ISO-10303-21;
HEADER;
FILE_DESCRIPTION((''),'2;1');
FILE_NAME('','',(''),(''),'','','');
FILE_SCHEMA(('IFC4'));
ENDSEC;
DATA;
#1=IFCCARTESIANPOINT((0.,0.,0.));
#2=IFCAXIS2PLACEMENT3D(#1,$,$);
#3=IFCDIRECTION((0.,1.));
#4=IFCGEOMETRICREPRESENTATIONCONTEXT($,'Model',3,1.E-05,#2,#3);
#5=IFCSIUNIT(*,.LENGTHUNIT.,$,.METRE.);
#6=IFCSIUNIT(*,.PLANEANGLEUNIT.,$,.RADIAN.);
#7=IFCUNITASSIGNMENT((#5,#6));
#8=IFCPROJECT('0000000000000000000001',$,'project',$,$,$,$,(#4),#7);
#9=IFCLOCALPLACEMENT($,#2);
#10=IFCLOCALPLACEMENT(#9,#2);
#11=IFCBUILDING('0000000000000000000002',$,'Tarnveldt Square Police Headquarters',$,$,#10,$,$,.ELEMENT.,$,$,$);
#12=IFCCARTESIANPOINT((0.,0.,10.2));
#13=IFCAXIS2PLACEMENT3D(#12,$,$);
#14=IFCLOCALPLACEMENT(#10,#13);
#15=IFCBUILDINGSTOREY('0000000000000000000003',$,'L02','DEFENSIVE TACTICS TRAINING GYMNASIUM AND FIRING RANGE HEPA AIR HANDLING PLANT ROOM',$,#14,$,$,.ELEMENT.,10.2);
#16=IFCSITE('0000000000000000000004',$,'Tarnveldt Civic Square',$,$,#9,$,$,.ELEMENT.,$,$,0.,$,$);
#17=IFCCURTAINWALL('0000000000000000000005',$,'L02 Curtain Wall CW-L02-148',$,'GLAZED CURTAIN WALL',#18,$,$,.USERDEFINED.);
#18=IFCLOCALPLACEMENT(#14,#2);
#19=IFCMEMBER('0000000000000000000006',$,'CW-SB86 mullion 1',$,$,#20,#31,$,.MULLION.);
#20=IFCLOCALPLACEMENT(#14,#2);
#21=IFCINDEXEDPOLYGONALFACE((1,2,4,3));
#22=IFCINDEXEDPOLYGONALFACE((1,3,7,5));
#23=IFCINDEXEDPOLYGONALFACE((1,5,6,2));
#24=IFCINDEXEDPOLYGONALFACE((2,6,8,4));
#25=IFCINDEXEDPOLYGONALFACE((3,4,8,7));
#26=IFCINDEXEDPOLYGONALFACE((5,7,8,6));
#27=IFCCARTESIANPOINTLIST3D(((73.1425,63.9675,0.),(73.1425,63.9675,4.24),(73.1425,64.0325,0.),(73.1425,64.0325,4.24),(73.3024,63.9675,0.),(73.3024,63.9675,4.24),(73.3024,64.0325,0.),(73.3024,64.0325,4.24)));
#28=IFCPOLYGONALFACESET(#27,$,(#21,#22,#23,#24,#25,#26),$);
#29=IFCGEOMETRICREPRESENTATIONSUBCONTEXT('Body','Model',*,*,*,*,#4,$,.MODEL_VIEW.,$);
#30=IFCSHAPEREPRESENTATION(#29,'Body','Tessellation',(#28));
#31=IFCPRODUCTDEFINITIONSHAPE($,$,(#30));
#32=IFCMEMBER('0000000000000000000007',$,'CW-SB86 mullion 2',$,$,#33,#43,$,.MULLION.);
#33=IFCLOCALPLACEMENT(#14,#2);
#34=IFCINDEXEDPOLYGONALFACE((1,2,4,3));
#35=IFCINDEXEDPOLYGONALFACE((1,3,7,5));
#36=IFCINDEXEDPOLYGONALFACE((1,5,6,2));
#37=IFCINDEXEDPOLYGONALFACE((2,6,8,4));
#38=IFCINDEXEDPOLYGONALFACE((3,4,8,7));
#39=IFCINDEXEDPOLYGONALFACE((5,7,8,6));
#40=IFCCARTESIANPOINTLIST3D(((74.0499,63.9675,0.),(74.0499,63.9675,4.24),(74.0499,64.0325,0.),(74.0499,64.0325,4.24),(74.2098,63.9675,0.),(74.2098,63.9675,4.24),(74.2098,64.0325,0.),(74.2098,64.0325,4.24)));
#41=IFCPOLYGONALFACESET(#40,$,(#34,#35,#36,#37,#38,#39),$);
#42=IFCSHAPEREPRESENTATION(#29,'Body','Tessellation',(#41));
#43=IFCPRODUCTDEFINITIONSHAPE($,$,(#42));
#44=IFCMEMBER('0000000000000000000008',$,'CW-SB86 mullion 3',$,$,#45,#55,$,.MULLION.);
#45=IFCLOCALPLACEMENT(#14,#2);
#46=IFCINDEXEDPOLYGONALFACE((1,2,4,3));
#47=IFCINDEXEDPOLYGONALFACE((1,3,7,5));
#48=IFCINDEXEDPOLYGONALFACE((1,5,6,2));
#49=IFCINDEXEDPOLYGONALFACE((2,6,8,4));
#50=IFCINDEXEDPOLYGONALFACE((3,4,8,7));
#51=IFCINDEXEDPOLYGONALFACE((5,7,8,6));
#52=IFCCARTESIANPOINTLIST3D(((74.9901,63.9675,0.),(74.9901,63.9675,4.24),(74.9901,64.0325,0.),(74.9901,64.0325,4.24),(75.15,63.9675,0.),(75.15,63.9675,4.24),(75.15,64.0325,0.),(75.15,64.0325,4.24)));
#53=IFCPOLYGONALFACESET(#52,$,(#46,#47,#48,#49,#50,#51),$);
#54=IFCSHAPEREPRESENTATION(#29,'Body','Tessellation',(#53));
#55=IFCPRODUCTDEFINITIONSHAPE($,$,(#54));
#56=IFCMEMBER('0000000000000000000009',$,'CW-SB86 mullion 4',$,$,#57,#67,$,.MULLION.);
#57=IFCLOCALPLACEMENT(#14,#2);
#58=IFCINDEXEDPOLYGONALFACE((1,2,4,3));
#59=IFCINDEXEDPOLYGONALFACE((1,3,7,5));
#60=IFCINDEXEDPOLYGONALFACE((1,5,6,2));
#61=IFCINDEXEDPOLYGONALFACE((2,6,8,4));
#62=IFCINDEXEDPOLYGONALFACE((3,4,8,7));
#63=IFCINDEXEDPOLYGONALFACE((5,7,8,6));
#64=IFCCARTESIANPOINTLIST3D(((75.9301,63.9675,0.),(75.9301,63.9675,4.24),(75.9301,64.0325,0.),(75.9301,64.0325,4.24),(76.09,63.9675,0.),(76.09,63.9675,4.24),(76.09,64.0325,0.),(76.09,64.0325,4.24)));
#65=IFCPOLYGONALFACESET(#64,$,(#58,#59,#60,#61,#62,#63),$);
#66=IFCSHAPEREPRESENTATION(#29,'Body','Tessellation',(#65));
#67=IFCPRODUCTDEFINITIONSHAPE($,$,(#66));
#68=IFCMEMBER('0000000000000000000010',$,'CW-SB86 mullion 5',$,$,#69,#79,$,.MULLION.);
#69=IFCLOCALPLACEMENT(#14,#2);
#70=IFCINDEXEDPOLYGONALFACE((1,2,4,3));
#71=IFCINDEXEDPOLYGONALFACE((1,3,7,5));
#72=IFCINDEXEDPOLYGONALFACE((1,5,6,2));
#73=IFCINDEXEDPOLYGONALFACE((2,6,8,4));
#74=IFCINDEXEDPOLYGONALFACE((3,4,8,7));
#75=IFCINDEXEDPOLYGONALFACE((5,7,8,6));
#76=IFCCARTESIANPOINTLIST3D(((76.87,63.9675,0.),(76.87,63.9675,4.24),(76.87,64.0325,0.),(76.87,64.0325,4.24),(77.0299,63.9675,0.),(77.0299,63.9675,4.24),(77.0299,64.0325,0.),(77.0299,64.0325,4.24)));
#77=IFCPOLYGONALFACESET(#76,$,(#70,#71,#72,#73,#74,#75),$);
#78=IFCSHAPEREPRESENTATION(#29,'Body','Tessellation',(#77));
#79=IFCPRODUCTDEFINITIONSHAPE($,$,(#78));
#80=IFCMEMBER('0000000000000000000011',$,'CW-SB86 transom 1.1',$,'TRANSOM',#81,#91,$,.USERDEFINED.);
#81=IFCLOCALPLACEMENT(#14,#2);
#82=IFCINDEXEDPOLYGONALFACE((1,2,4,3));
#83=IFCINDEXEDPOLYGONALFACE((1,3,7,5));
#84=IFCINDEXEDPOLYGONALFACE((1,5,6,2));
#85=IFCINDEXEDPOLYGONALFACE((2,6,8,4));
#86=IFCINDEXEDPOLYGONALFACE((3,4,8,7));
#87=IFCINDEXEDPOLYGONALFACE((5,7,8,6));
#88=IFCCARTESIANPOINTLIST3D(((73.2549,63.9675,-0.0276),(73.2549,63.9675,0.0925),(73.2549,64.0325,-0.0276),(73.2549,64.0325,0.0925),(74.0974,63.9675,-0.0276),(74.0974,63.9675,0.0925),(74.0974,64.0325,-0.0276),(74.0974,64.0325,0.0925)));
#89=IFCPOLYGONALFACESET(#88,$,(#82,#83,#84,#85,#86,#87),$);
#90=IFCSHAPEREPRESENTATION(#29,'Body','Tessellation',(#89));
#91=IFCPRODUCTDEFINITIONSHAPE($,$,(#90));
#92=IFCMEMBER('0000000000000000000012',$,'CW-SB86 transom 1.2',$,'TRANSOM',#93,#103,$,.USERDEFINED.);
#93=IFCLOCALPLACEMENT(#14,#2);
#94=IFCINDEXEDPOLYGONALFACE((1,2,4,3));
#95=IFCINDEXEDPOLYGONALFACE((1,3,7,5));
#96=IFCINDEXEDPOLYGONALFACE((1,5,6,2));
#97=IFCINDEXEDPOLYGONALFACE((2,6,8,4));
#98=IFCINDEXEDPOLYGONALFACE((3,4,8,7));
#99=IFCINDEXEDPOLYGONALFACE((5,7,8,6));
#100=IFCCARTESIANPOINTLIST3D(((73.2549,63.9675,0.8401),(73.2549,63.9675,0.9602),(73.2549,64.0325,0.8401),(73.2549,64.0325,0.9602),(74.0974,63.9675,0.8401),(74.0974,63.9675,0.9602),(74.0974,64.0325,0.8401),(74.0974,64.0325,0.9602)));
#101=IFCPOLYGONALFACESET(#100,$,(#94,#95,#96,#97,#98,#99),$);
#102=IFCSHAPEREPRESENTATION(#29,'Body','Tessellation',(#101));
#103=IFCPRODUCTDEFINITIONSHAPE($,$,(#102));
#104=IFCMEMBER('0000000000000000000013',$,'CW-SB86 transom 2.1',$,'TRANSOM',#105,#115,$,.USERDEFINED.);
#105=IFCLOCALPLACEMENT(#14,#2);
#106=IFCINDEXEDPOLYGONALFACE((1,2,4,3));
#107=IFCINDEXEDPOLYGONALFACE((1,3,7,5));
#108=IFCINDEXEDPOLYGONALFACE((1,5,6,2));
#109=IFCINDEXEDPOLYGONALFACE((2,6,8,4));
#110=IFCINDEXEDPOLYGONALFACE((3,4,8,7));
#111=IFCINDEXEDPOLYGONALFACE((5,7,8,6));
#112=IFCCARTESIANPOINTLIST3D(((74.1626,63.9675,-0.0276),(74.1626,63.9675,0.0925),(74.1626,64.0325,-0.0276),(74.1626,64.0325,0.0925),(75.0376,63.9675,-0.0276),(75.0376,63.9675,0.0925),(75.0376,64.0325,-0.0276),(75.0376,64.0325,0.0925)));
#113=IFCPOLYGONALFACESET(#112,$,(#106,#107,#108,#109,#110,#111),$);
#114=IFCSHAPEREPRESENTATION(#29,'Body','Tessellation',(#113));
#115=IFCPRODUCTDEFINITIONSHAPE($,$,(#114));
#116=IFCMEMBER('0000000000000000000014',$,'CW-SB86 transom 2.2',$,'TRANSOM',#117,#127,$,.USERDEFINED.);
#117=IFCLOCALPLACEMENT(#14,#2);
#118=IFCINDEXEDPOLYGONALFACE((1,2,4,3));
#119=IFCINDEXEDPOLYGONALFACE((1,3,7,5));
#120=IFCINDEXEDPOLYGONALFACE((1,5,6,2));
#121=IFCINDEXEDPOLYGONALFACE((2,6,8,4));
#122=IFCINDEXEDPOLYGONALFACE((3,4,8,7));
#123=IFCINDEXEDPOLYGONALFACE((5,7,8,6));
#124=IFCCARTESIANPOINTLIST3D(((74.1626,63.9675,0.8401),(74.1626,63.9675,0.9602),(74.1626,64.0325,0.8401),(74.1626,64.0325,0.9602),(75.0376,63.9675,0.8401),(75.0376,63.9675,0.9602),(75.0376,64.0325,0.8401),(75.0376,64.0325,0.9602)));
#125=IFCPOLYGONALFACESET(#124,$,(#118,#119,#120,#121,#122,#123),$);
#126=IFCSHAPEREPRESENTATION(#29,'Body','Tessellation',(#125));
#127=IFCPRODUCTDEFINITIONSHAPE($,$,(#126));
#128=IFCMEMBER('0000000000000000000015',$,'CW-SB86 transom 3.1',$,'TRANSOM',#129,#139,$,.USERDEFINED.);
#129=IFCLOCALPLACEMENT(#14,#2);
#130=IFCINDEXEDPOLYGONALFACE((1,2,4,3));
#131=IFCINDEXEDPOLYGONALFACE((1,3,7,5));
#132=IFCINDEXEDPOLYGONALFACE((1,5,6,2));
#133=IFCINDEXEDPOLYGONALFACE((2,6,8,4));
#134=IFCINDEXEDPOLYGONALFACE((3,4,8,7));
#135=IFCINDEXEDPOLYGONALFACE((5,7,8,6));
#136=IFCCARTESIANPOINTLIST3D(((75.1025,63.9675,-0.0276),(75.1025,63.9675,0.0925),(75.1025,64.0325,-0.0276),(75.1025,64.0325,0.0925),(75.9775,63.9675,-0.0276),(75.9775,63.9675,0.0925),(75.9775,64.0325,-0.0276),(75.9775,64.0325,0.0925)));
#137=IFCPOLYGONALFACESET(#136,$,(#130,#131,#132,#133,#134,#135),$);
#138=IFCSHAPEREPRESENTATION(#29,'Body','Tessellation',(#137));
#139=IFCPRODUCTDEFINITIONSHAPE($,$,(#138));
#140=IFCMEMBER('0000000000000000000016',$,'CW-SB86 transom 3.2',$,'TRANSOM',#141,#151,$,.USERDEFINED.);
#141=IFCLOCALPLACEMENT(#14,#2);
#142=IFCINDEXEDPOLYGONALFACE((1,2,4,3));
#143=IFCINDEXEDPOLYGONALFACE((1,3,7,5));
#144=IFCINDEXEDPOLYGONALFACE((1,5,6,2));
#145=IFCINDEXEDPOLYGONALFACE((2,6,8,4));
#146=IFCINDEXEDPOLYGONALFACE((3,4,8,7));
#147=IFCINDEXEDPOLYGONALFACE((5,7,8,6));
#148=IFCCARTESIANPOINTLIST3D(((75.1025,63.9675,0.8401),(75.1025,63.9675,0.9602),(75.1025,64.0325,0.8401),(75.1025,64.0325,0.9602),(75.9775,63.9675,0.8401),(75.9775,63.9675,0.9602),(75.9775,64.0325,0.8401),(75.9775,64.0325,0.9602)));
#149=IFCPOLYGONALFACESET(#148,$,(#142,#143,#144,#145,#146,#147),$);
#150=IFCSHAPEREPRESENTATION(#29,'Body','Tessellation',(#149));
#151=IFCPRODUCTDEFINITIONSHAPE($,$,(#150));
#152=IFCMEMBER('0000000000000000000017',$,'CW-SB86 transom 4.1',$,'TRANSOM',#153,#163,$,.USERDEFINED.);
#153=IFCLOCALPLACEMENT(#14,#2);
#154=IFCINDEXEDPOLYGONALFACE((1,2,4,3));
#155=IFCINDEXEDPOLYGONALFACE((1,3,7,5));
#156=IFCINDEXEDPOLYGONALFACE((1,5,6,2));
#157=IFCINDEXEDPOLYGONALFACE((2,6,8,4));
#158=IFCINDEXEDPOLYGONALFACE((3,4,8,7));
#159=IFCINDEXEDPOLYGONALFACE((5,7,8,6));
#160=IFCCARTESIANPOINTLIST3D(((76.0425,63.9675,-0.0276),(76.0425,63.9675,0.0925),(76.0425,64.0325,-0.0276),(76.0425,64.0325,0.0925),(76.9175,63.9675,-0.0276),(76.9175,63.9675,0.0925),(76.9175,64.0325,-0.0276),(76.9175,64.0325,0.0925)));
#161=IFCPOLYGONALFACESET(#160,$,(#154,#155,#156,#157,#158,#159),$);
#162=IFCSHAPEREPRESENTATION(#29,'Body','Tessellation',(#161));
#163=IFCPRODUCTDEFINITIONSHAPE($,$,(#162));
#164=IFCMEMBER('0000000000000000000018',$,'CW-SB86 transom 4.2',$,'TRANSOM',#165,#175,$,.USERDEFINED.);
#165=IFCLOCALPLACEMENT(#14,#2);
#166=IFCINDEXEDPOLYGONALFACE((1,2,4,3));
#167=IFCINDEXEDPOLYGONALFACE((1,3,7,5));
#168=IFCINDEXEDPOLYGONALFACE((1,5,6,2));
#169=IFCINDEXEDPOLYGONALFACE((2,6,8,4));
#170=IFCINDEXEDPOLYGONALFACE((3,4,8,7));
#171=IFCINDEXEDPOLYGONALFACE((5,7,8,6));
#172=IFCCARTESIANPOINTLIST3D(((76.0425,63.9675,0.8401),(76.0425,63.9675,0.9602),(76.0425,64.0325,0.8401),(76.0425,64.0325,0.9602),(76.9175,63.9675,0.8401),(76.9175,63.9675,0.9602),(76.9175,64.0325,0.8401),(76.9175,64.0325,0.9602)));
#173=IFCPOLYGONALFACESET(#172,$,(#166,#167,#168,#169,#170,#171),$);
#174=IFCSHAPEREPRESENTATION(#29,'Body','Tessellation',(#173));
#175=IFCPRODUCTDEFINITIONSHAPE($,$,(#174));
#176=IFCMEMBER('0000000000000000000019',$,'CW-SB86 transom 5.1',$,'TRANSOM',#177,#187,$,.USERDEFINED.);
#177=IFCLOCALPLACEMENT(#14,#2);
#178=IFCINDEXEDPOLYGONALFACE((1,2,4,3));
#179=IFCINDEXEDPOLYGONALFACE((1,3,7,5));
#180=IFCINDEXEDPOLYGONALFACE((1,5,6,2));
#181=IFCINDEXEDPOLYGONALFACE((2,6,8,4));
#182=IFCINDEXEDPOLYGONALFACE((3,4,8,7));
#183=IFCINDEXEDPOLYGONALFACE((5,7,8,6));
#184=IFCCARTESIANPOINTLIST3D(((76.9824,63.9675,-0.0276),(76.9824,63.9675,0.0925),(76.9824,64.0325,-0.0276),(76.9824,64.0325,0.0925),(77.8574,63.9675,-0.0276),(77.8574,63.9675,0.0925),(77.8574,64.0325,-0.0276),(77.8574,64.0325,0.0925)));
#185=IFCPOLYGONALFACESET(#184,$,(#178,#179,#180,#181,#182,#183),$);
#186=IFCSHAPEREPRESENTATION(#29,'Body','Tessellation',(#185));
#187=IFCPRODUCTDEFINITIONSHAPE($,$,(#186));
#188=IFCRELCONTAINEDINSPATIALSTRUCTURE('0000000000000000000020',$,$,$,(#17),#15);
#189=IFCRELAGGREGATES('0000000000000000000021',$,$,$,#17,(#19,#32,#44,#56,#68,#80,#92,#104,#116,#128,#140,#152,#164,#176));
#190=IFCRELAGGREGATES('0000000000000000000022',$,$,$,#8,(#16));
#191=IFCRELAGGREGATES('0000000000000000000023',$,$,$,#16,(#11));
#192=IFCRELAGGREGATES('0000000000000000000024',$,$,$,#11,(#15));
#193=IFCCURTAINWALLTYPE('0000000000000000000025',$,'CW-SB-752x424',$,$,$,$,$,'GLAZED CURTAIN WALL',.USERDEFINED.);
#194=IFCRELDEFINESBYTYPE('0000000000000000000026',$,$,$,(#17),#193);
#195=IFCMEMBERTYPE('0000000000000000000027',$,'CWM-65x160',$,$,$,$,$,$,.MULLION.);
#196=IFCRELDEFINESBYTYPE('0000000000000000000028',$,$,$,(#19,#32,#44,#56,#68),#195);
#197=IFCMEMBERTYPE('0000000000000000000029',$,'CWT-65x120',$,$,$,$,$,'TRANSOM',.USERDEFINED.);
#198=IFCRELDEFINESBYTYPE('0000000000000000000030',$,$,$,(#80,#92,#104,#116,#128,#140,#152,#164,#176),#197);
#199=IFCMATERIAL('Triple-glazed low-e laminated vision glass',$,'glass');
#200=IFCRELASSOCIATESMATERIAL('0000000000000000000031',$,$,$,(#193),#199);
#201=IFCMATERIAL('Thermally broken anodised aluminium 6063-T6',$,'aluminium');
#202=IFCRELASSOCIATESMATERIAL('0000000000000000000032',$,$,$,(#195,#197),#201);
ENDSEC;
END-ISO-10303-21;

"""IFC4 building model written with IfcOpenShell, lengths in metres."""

from ifc_helpers import new_model, si_unit, direction, frame, origin, origin_2d, place, context, subcontext, project, spatial, rectangle, extrude, material, material_profile, profile_set, type_object, element, aggregate, save


model = new_model("IFC4")

# Units and contexts
model_context = context("Model", 3, precision=1e-05, world=origin(), true_north=direction((0.0, 1.0)))
body_context = subcontext(model_context, "Body", "Model", "MODEL_VIEW")
ifc_project = project(units=[si_unit("LENGTHUNIT", "METRE"), si_unit("PLANEANGLEUNIT", "RADIAN")], contexts=[model_context])

# Site, building, storey
site_placement = place(None, origin())
site = spatial("IfcSite", under=ifc_project, at=site_placement, Name="Tarnveldt Civic Square", CompositionType="ELEMENT", RefElevation=0.0)
building_placement = place(site_placement, origin())
building = spatial("IfcBuilding", under=site, at=building_placement, Name="Tarnveldt Square Police Headquarters", CompositionType="ELEMENT")
storey_placement = place(building_placement, frame((0.0, 0.0, 10.2)))
storey = spatial("IfcBuildingStorey", under=building, at=storey_placement, Name="L02", Description="DEFENSIVE TACTICS TRAINING GYMNASIUM AND FIRING RANGE HEPA AIR HANDLING PLANT ROOM", CompositionType="ELEMENT", Elevation=10.2)

# Curtain wall, members
ifc_material_1 = material(Name="Triple-glazed low-e laminated vision glass", Category="glass")
curtain_wall_type = type_object("IfcCurtainWallType", Name="CW-SB-752x424", ElementType="GLAZED CURTAIN WALL", PredefinedType="USERDEFINED", material=ifc_material_1)
curtain_wall_placement = place(storey_placement, origin())
curtain_wall = element("IfcCurtainWall", 1, at=curtain_wall_placement, inside=storey, type_object=curtain_wall_type, Name="L02 Curtain Wall CW-L02-148", ObjectType="GLAZED CURTAIN WALL", PredefinedType="USERDEFINED")
ifc_material_2 = material(Name="Thermally broken anodised aluminium 6063-T6", Category="aluminium")
ifc_material_profile_1 = material_profile(ifc_material_2, rectangle(XDim=0.0649, YDim=0.1599, at=origin_2d()), Name="CW-M65x160")
ifc_profile_set_1 = profile_set([ifc_material_profile_1], Name="Thermally broken anodised aluminium 6063-T6")
member_type_1 = type_object("IfcMemberType", Name="CWM-65x160", PredefinedType="MULLION", material=ifc_profile_set_1)
member_1_placement = place(storey_placement, frame((73.2224, 64.0, 0.0), z_axis=(0.0, 0.0, 1.0), x_axis=(0.0, 1.0, 0.0)))
member_1 = element("IfcMember", 2, at=member_1_placement, type_object=member_type_1, Name="CW-SB86 mullion 1", PredefinedType="MULLION", context=body_context, shape_type="SweptSolid", body=[
    extrude(rectangle(XDim=0.0649, YDim=0.1599, at=origin_2d()), origin(), (0.0, 0.0, 1.0), 4.24),
])
member_2_placement = place(storey_placement, frame((74.1299, 64.0, 0.0), z_axis=(0.0, 0.0, 1.0), x_axis=(0.0, 1.0, 0.0)))
member_2 = element("IfcMember", 3, at=member_2_placement, type_object=member_type_1, Name="CW-SB86 mullion 2", PredefinedType="MULLION", context=body_context, shape_type="SweptSolid", body=[
    extrude(rectangle(XDim=0.0649, YDim=0.1599, at=origin_2d()), origin(), (0.0, 0.0, 1.0), 4.24),
])
member_3_placement = place(storey_placement, frame((75.0701, 64.0, 0.0), z_axis=(0.0, 0.0, 1.0), x_axis=(0.0, 1.0, 0.0)))
member_3 = element("IfcMember", 4, at=member_3_placement, type_object=member_type_1, Name="CW-SB86 mullion 3", PredefinedType="MULLION", context=body_context, shape_type="SweptSolid", body=[
    extrude(rectangle(XDim=0.0649, YDim=0.1599, at=origin_2d()), origin(), (0.0, 0.0, 1.0), 4.24),
])
member_4_placement = place(storey_placement, frame((76.01, 64.0, 0.0), z_axis=(0.0, 0.0, 1.0), x_axis=(0.0, 1.0, 0.0)))
member_4 = element("IfcMember", 5, at=member_4_placement, type_object=member_type_1, Name="CW-SB86 mullion 4", PredefinedType="MULLION", context=body_context, shape_type="SweptSolid", body=[
    extrude(rectangle(XDim=0.0649, YDim=0.1599, at=origin_2d()), origin(), (0.0, 0.0, 1.0), 4.24),
])
member_5_placement = place(storey_placement, frame((76.95, 64.0, 0.0), z_axis=(0.0, 0.0, 1.0), x_axis=(0.0, 1.0, 0.0)))
member_5 = element("IfcMember", 6, at=member_5_placement, type_object=member_type_1, Name="CW-SB86 mullion 5", PredefinedType="MULLION", context=body_context, shape_type="SweptSolid", body=[
    extrude(rectangle(XDim=0.0649, YDim=0.1599, at=origin_2d()), origin(), (0.0, 0.0, 1.0), 4.24),
])
ifc_material_profile_2 = material_profile(ifc_material_2, rectangle(XDim=0.0649, YDim=0.1201, at=origin_2d()), Name="CW-T65x120")
ifc_profile_set_2 = profile_set([ifc_material_profile_2], Name="Thermally broken anodised aluminium 6063-T6")
member_type_2 = type_object("IfcMemberType", Name="CWT-65x120", ElementType="TRANSOM", PredefinedType="USERDEFINED", material=ifc_profile_set_2)
member_6_placement = place(storey_placement, frame((73.2549, 64.0, 0.0325), z_axis=(1.0, 0.0, 0.0), x_axis=(0.0, 1.0, 0.0)))
member_6 = element("IfcMember", 7, at=member_6_placement, type_object=member_type_2, Name="CW-SB86 transom 1.1", ObjectType="TRANSOM", PredefinedType="USERDEFINED", context=body_context, shape_type="SweptSolid", body=[
    extrude(rectangle(XDim=0.0649, YDim=0.1201, at=origin_2d()), origin(), (0.0, 0.0, 1.0), 0.8425),
])
member_7_placement = place(storey_placement, frame((73.2549, 64.0, 0.9001), z_axis=(1.0, 0.0, 0.0), x_axis=(0.0, 1.0, 0.0)))
member_7 = element("IfcMember", 8, at=member_7_placement, type_object=member_type_2, Name="CW-SB86 transom 1.2", ObjectType="TRANSOM", PredefinedType="USERDEFINED", context=body_context, shape_type="SweptSolid", body=[
    extrude(rectangle(XDim=0.0649, YDim=0.1201, at=origin_2d()), origin(), (0.0, 0.0, 1.0), 0.8425),
])
member_8_placement = place(storey_placement, frame((74.1626, 64.0, 0.0325), z_axis=(1.0, 0.0, 0.0), x_axis=(0.0, 1.0, 0.0)))
member_8 = element("IfcMember", 9, at=member_8_placement, type_object=member_type_2, Name="CW-SB86 transom 2.1", ObjectType="TRANSOM", PredefinedType="USERDEFINED", context=body_context, shape_type="SweptSolid", body=[
    extrude(rectangle(XDim=0.0649, YDim=0.1201, at=origin_2d()), origin(), (0.0, 0.0, 1.0), 0.875),
])
member_9_placement = place(storey_placement, frame((74.1626, 64.0, 0.9001), z_axis=(1.0, 0.0, 0.0), x_axis=(0.0, 1.0, 0.0)))
member_9 = element("IfcMember", 10, at=member_9_placement, type_object=member_type_2, Name="CW-SB86 transom 2.2", ObjectType="TRANSOM", PredefinedType="USERDEFINED", context=body_context, shape_type="SweptSolid", body=[
    extrude(rectangle(XDim=0.0649, YDim=0.1201, at=origin_2d()), origin(), (0.0, 0.0, 1.0), 0.875),
])
member_10_placement = place(storey_placement, frame((75.1025, 64.0, 0.0325), z_axis=(1.0, 0.0, 0.0), x_axis=(0.0, 1.0, 0.0)))
member_10 = element("IfcMember", 11, at=member_10_placement, type_object=member_type_2, Name="CW-SB86 transom 3.1", ObjectType="TRANSOM", PredefinedType="USERDEFINED", context=body_context, shape_type="SweptSolid", body=[
    extrude(rectangle(XDim=0.0649, YDim=0.1201, at=origin_2d()), origin(), (0.0, 0.0, 1.0), 0.875),
])
member_11_placement = place(storey_placement, frame((75.1025, 64.0, 0.9001), z_axis=(1.0, 0.0, 0.0), x_axis=(0.0, 1.0, 0.0)))
member_11 = element("IfcMember", 12, at=member_11_placement, type_object=member_type_2, Name="CW-SB86 transom 3.2", ObjectType="TRANSOM", PredefinedType="USERDEFINED", context=body_context, shape_type="SweptSolid", body=[
    extrude(rectangle(XDim=0.0649, YDim=0.1201, at=origin_2d()), origin(), (0.0, 0.0, 1.0), 0.875),
])
member_12_placement = place(storey_placement, frame((76.0425, 64.0, 0.0325), z_axis=(1.0, 0.0, 0.0), x_axis=(0.0, 1.0, 0.0)))
member_12 = element("IfcMember", 13, at=member_12_placement, type_object=member_type_2, Name="CW-SB86 transom 4.1", ObjectType="TRANSOM", PredefinedType="USERDEFINED", context=body_context, shape_type="SweptSolid", body=[
    extrude(rectangle(XDim=0.0649, YDim=0.1201, at=origin_2d()), origin(), (0.0, 0.0, 1.0), 0.875),
])
member_13_placement = place(storey_placement, frame((76.0425, 64.0, 0.9001), z_axis=(1.0, 0.0, 0.0), x_axis=(0.0, 1.0, 0.0)))
member_13 = element("IfcMember", 14, at=member_13_placement, type_object=member_type_2, Name="CW-SB86 transom 4.2", ObjectType="TRANSOM", PredefinedType="USERDEFINED", context=body_context, shape_type="SweptSolid", body=[
    extrude(rectangle(XDim=0.0649, YDim=0.1201, at=origin_2d()), origin(), (0.0, 0.0, 1.0), 0.875),
])
member_14_placement = place(storey_placement, frame((76.9824, 64.0, 0.0325), z_axis=(1.0, 0.0, 0.0), x_axis=(0.0, 1.0, 0.0)))
member_14 = element("IfcMember", 15, at=member_14_placement, type_object=member_type_2, Name="CW-SB86 transom 5.1", ObjectType="TRANSOM", PredefinedType="USERDEFINED", context=body_context, shape_type="SweptSolid", body=[
    extrude(rectangle(XDim=0.0649, YDim=0.1201, at=origin_2d()), origin(), (0.0, 0.0, 1.0), 0.875),
])

aggregate(curtain_wall, [member_1, member_2, member_3, member_4, member_5, member_6, member_7, member_8, member_9, member_10, member_11, member_12, member_13, member_14])

save(model, "model.ifc")
